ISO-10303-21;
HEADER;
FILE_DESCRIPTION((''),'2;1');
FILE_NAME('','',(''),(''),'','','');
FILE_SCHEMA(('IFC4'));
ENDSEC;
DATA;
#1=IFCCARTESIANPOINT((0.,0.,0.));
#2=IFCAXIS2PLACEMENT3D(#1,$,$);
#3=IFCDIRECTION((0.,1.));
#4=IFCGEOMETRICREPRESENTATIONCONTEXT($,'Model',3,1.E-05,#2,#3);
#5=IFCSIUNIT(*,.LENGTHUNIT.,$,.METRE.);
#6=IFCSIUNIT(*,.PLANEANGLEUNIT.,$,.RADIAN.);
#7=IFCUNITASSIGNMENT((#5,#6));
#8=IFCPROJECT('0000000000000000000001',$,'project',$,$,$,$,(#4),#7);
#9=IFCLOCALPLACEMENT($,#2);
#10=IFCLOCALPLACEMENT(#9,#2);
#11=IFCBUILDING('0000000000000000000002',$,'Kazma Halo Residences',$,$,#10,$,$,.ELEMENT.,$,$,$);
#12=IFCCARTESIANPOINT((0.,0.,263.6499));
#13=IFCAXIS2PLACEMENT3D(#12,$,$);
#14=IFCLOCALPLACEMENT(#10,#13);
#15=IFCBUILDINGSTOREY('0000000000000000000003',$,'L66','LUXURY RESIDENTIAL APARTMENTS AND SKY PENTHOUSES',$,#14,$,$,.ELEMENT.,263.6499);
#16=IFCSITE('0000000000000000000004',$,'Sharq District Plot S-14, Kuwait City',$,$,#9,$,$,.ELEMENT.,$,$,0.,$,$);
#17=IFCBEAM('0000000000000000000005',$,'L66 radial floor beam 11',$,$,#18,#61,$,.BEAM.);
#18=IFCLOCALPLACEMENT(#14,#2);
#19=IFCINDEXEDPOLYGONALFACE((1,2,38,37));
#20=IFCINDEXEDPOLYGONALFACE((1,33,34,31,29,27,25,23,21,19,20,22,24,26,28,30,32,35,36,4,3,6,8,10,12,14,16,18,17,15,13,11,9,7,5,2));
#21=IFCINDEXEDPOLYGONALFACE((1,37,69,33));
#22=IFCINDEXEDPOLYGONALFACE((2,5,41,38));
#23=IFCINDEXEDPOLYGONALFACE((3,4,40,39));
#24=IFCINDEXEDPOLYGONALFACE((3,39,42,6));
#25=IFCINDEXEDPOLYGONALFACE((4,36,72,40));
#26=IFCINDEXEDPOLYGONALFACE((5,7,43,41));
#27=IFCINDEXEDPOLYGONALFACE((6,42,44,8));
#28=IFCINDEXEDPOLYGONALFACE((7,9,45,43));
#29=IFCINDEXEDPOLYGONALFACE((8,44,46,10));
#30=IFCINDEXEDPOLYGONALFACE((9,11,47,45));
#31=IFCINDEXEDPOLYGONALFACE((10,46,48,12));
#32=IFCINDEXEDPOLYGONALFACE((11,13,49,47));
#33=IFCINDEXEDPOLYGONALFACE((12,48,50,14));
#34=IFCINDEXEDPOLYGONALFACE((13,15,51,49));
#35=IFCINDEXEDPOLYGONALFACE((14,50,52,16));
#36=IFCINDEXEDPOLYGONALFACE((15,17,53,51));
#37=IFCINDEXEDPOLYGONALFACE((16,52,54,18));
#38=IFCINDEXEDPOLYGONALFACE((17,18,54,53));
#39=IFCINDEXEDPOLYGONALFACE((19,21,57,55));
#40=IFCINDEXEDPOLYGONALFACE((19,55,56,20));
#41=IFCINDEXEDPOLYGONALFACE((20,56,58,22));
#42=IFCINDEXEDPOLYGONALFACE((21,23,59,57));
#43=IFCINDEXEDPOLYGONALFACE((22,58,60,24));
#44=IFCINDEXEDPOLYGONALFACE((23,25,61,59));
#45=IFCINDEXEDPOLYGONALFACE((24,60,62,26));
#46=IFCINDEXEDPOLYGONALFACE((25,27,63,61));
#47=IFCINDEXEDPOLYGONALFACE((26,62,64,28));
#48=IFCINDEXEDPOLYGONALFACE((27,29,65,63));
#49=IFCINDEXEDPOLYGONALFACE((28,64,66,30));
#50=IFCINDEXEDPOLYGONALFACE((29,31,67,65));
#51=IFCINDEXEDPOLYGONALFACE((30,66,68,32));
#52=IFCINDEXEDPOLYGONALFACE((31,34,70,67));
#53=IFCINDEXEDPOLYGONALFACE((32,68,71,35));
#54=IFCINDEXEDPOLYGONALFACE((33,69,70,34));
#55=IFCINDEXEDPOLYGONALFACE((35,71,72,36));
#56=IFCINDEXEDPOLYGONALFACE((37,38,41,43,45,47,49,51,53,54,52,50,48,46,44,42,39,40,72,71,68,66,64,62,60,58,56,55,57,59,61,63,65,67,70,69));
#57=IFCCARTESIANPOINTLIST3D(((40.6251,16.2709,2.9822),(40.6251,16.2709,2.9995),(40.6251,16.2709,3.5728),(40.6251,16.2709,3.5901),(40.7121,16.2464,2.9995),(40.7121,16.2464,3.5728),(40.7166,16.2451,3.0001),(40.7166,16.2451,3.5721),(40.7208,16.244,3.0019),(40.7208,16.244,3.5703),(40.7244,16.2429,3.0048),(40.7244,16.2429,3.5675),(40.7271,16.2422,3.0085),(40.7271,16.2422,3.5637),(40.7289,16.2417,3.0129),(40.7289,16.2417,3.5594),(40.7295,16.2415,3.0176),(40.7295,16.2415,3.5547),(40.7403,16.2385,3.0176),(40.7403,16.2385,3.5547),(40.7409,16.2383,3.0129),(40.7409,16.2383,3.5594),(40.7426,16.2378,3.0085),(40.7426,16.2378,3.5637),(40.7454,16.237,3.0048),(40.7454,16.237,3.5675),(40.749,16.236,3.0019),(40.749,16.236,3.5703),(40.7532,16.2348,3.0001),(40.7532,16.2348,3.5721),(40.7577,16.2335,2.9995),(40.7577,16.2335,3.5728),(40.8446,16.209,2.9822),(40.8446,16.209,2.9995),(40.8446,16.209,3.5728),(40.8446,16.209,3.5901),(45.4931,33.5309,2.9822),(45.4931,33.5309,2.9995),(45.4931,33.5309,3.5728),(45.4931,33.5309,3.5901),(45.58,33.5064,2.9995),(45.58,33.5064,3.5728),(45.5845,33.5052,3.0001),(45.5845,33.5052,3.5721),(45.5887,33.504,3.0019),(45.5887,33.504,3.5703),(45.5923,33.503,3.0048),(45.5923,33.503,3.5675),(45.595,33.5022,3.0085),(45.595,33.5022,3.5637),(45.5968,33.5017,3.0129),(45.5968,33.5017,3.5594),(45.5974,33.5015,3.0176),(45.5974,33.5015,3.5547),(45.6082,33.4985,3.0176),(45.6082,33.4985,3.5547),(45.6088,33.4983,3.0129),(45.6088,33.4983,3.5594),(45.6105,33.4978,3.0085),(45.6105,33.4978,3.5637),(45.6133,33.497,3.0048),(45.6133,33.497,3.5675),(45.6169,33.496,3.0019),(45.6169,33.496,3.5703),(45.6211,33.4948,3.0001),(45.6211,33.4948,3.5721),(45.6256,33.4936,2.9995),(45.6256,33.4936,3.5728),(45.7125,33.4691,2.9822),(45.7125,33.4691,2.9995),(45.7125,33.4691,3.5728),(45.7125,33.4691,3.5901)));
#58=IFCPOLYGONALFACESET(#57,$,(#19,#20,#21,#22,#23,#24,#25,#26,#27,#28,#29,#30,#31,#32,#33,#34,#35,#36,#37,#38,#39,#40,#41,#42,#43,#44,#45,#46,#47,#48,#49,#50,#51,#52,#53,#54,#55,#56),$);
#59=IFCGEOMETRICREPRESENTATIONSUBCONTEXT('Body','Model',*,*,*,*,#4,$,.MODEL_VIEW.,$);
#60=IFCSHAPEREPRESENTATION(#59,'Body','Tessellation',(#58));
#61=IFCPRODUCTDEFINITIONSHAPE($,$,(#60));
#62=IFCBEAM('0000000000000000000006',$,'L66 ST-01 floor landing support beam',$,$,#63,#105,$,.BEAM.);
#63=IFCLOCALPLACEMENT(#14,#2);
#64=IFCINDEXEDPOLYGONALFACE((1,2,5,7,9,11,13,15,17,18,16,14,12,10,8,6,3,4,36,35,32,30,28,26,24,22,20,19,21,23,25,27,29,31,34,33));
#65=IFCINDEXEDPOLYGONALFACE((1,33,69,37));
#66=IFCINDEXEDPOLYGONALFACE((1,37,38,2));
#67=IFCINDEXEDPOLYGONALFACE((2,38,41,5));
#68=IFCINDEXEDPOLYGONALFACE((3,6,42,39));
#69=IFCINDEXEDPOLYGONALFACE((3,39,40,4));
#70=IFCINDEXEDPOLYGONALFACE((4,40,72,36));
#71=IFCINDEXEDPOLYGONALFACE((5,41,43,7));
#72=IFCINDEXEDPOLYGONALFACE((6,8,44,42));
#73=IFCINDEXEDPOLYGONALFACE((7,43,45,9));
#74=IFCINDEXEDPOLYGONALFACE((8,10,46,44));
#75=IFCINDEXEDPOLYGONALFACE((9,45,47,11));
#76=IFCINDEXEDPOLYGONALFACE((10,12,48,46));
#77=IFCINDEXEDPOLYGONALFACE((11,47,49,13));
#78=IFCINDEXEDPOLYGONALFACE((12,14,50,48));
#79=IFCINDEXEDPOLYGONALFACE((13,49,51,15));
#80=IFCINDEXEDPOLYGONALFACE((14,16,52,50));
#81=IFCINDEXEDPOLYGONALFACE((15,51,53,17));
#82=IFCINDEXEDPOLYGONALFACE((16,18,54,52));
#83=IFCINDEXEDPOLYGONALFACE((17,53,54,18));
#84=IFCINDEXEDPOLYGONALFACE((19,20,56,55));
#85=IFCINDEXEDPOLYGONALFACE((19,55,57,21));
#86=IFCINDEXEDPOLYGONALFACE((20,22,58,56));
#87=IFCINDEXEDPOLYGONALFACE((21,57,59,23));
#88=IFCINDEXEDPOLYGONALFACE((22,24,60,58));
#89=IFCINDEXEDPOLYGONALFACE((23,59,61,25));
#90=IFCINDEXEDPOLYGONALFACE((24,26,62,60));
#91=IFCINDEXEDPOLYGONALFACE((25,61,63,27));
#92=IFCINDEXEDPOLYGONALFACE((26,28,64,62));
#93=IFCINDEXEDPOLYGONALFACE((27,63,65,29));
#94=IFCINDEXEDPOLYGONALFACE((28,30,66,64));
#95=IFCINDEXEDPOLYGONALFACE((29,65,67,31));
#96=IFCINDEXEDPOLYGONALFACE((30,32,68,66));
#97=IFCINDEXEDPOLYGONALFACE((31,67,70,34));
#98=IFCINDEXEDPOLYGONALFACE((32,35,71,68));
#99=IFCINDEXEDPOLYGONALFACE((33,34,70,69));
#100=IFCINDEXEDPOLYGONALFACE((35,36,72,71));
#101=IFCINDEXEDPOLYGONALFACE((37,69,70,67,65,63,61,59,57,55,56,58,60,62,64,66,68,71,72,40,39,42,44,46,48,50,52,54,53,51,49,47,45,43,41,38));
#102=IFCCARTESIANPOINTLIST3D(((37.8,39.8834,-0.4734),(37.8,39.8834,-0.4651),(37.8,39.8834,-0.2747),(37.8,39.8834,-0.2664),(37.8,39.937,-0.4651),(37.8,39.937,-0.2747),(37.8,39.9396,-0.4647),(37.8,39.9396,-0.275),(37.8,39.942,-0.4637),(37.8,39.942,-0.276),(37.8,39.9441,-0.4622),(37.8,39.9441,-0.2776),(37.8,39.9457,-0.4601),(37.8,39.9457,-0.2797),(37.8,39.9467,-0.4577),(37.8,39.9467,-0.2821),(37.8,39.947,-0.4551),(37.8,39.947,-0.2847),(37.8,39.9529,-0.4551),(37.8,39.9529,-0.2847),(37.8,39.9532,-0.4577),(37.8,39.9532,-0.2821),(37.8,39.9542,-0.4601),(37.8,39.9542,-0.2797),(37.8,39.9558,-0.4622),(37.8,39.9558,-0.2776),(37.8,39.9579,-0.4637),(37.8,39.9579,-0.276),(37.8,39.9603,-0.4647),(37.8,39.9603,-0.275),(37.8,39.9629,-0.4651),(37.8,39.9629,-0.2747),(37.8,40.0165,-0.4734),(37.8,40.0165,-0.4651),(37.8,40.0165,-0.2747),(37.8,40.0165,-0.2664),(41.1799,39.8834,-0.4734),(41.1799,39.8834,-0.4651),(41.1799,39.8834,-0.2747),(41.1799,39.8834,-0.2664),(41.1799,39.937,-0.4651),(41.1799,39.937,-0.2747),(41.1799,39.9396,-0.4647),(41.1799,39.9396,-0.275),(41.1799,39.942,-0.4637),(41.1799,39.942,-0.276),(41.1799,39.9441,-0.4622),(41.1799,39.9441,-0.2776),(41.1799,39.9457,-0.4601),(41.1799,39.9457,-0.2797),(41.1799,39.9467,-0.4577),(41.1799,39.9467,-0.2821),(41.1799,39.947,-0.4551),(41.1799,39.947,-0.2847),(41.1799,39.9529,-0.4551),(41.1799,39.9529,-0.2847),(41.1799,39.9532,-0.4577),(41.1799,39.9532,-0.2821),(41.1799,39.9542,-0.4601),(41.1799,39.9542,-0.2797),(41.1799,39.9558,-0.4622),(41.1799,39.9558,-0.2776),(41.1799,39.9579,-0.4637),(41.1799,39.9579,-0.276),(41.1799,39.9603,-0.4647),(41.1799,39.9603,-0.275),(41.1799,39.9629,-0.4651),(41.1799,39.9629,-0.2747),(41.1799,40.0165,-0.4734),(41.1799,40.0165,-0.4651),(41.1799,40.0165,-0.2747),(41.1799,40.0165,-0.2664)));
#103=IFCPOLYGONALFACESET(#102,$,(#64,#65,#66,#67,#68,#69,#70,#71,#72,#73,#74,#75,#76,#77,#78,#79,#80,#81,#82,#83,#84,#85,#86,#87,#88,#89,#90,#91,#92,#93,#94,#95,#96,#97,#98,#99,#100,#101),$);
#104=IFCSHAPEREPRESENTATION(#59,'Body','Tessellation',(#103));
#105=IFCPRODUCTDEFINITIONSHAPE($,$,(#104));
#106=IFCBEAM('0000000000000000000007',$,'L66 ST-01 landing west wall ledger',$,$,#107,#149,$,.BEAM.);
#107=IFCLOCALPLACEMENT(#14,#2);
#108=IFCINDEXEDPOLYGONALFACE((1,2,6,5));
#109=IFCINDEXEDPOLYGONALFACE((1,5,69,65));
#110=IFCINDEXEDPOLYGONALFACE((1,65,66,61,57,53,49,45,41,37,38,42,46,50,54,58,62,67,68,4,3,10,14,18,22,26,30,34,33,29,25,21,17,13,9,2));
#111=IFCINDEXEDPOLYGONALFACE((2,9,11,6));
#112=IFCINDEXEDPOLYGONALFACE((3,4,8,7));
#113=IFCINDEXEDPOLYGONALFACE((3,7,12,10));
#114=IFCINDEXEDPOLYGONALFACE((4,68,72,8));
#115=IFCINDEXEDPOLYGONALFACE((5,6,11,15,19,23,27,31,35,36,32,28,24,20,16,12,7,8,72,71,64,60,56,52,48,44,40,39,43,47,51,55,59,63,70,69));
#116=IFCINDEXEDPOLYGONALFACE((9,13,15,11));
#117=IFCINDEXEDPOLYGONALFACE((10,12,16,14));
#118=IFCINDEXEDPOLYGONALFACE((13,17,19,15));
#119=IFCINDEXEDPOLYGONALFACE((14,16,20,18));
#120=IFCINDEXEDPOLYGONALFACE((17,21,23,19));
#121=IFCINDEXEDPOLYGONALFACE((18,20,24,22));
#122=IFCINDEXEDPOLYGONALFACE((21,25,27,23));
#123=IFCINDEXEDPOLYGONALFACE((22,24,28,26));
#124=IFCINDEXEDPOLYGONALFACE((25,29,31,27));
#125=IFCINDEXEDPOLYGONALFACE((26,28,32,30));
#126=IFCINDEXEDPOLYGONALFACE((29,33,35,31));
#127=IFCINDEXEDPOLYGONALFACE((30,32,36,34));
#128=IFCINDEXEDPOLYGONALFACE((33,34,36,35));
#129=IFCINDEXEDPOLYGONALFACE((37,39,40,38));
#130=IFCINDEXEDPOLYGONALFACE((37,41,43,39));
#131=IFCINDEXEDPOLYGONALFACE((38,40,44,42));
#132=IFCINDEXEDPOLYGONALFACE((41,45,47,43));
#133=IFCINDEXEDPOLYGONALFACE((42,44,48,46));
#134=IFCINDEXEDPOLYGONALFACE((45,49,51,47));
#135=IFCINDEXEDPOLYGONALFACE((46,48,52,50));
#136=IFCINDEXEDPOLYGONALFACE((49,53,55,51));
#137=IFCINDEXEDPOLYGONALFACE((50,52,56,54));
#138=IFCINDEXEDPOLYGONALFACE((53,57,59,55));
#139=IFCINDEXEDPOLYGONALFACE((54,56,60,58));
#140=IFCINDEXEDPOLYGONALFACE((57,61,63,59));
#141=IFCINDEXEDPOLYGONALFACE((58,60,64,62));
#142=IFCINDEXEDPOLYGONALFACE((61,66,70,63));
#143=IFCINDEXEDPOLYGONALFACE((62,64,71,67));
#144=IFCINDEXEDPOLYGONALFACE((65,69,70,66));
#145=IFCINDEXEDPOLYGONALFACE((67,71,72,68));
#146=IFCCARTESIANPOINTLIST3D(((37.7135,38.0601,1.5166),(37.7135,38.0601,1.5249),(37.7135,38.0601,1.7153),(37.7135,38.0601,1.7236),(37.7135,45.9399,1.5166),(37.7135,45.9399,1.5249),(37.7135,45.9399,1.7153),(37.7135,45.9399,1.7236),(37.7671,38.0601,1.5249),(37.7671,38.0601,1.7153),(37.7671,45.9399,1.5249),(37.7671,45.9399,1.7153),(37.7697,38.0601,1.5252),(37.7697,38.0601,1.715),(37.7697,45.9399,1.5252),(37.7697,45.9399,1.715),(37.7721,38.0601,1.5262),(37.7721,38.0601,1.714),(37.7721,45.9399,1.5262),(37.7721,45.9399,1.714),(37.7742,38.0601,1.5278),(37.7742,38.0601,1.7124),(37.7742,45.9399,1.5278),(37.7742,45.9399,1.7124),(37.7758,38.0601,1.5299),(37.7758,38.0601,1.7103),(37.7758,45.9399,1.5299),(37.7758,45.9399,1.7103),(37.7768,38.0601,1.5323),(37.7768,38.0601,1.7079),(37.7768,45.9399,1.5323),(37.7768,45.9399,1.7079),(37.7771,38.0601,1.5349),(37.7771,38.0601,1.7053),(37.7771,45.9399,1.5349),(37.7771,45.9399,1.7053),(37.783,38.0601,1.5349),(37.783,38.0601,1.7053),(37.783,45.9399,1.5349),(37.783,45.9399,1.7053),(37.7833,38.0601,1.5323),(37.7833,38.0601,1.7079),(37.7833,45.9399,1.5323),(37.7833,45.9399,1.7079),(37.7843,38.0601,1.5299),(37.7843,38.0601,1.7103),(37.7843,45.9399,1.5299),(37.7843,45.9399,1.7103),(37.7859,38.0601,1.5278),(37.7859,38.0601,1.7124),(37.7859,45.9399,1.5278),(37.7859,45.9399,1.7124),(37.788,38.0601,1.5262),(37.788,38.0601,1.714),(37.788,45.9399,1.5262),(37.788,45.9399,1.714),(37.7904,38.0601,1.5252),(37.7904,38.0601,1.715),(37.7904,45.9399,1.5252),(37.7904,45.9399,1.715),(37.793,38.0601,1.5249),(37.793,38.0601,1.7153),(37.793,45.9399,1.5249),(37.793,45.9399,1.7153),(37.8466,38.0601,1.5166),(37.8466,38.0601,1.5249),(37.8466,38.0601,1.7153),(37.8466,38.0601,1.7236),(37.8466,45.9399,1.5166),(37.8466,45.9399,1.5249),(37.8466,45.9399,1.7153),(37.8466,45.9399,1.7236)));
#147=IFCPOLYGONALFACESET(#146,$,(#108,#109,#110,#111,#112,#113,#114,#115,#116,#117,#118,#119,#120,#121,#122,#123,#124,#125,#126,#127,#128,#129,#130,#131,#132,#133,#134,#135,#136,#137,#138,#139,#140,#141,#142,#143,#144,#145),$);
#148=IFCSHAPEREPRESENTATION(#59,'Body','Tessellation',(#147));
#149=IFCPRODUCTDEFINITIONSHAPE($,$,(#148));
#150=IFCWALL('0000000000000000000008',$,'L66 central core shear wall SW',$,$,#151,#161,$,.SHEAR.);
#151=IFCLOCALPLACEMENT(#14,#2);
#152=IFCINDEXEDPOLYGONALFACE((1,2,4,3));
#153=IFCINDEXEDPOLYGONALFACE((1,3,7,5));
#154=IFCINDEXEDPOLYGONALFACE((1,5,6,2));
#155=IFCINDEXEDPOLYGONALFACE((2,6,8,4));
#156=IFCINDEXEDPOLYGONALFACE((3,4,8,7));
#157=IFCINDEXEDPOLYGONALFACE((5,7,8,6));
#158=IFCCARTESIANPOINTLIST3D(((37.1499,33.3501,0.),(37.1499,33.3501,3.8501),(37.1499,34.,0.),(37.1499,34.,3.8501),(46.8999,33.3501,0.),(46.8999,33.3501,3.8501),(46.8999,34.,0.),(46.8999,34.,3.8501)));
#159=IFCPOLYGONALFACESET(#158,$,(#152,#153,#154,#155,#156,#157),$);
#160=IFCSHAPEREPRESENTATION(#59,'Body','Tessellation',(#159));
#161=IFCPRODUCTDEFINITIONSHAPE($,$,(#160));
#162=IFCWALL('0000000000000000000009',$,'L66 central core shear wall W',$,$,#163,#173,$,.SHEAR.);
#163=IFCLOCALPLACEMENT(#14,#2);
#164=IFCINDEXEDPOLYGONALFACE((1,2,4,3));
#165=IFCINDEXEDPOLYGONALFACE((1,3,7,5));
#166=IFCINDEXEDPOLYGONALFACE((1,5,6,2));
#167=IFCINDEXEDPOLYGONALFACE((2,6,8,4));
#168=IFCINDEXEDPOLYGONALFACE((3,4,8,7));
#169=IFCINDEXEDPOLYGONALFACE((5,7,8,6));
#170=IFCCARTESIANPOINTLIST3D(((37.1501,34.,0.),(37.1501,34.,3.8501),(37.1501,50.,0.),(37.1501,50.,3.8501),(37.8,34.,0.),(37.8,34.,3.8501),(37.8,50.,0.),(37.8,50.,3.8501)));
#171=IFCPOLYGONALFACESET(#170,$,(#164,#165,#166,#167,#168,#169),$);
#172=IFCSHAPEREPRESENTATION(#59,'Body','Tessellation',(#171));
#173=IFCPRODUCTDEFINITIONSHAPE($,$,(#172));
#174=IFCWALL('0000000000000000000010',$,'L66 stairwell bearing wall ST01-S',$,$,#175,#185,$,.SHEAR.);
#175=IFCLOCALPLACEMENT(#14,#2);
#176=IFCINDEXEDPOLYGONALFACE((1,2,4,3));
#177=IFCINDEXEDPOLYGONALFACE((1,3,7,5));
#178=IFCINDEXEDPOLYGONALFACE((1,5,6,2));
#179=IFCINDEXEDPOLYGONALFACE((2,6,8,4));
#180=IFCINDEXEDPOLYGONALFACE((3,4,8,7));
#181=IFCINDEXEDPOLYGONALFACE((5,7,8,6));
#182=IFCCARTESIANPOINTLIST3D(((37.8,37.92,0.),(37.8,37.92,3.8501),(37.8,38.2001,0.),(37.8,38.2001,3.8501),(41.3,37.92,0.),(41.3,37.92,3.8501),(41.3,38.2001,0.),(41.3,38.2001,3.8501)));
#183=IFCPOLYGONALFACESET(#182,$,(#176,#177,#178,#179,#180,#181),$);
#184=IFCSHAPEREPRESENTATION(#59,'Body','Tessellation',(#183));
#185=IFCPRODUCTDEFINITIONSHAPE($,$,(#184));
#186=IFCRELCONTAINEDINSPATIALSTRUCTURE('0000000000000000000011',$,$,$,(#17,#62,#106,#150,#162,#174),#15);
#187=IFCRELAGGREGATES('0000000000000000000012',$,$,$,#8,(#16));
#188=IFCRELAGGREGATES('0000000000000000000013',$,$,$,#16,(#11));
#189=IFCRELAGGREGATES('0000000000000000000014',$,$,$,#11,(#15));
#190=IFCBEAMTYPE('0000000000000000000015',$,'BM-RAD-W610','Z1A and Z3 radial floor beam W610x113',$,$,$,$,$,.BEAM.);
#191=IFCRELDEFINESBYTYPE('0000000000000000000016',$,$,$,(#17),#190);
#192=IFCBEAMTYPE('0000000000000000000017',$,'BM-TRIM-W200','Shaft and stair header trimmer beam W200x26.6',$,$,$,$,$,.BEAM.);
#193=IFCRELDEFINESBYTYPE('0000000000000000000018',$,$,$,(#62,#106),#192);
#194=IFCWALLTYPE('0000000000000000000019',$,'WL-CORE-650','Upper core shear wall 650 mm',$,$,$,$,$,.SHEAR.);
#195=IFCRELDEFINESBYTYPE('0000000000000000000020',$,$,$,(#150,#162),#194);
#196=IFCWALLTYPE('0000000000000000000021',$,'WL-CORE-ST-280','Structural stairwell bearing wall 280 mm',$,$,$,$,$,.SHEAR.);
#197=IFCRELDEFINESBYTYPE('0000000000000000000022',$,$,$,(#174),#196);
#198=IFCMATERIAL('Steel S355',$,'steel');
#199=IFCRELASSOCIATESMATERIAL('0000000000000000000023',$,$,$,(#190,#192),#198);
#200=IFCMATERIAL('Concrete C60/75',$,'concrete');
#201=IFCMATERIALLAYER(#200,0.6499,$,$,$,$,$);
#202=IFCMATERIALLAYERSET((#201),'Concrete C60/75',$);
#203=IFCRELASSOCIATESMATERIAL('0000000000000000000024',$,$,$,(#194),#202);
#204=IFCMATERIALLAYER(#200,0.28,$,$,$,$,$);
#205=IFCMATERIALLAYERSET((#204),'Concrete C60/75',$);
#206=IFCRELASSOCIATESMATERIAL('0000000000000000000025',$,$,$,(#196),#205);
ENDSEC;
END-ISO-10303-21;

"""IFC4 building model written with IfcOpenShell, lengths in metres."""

from ifc_helpers import new_model, si_unit, direction, frame, frame_2d, origin, origin_2d, place, context, subcontext, project, spatial, rectangle, i_section, extrude, material, layer, layer_set, material_profile, profile_set, type_object, element, save


model = new_model("IFC4")

# Units and contexts
model_context = context("Model", 3, precision=1e-05, world=origin(), true_north=direction((0.0, 1.0)))
body_context = subcontext(model_context, "Body", "Model", "MODEL_VIEW")
ifc_project = project(units=[si_unit("LENGTHUNIT", "METRE"), si_unit("PLANEANGLEUNIT", "RADIAN")], contexts=[model_context])

# Site, building, storey
site_placement = place(None, origin())
site = spatial("IfcSite", under=ifc_project, at=site_placement, Name="Sharq District Plot S-14, Kuwait City", CompositionType="ELEMENT", RefElevation=0.0)
building_placement = place(site_placement, origin())
building = spatial("IfcBuilding", under=site, at=building_placement, Name="Kazma Halo Residences", CompositionType="ELEMENT")
storey_placement = place(building_placement, frame((0.0, 0.0, 263.6499)))
storey = spatial("IfcBuildingStorey", under=building, at=storey_placement, Name="L66", Description="LUXURY RESIDENTIAL APARTMENTS AND SKY PENTHOUSES", CompositionType="ELEMENT", Elevation=263.6499)

# Beams
ifc_material_1 = material(Name="Steel S355", Category="steel")
ifc_material_profile_1 = material_profile(ifc_material_1, i_section(OverallWidth=0.228, OverallDepth=0.6079, WebThickness=0.0112, FlangeThickness=0.0173, FilletRadius=0.0181, at=origin_2d()), Name="W610x113")
ifc_profile_set_1 = profile_set([ifc_material_profile_1], Name="Steel S355")
beam_type_1 = type_object("IfcBeamType", Name="BM-RAD-W610", Description="Z1A and Z3 radial floor beam W610x113", PredefinedType="BEAM", material=ifc_profile_set_1)
beam_1_placement = place(storey_placement, frame((45.6028, 33.5, 3.2861), z_axis=(-0.271445, -0.962454, 0.0), x_axis=(0.962454, -0.271445, 0.0)))
element("IfcBeam", 1, at=beam_1_placement, inside=storey, type_object=beam_type_1, Name="L66 radial floor beam 11", PredefinedType="BEAM", context=body_context, shape_type="SweptSolid", body=[
    extrude(i_section(OverallWidth=0.228, OverallDepth=0.6079, WebThickness=0.0112, FlangeThickness=0.0173, FilletRadius=0.0181, at=origin_2d()), origin(), (0.0, 0.0, 1.0), 17.9333),
])
ifc_material_profile_2 = material_profile(ifc_material_1, i_section(OverallWidth=0.1331, OverallDepth=0.207, WebThickness=0.0059, FlangeThickness=0.0083, FilletRadius=0.01, at=origin_2d()), Name="W200x26.6")
ifc_profile_set_2 = profile_set([ifc_material_profile_2], Name="Steel S355")
beam_type_2 = type_object("IfcBeamType", Name="BM-TRIM-W200", Description="Shaft and stair header trimmer beam W200x26.6", PredefinedType="BEAM", material=ifc_profile_set_2)
beam_2_placement = place(storey_placement, frame((37.8, 39.95, -0.3699), z_axis=(1.0, 0.0, 0.0), x_axis=(0.0, 1.0, 0.0)))
element("IfcBeam", 2, at=beam_2_placement, inside=storey, type_object=beam_type_2, Name="L66 ST-01 floor landing support beam", PredefinedType="BEAM", context=body_context, shape_type="SweptSolid", body=[
    extrude(i_section(OverallWidth=0.1331, OverallDepth=0.207, WebThickness=0.0059, FlangeThickness=0.0083, FilletRadius=0.01, at=origin_2d()), origin(), (0.0, 0.0, 1.0), 3.3799),
])
beam_3_placement = place(storey_placement, frame((37.78, 38.0601, 1.6201), z_axis=(0.0, 1.0, 0.0), x_axis=(-1.0, 0.0, 0.0)))
element("IfcBeam", 3, at=beam_3_placement, inside=storey, type_object=beam_type_2, Name="L66 ST-01 landing west wall ledger", PredefinedType="BEAM", context=body_context, shape_type="SweptSolid", body=[
    extrude(i_section(OverallWidth=0.1331, OverallDepth=0.207, WebThickness=0.0059, FlangeThickness=0.0083, FilletRadius=0.01, at=origin_2d()), origin(), (0.0, 0.0, 1.0), 7.8799),
])

# Walls
ifc_material_2 = material(Name="Concrete C60/75", Category="concrete")
ifc_layer_1 = layer(ifc_material_2, 0.6499)
ifc_layer_set_1 = layer_set([ifc_layer_1], Name="Concrete C60/75")
wall_type_1 = type_object("IfcWallType", Name="WL-CORE-650", Description="Upper core shear wall 650 mm", PredefinedType="SHEAR", material=ifc_layer_set_1)
wall_1_placement = place(storey_placement, frame((37.1499, 33.675, 0.0), z_axis=(0.0, 0.0, 1.0), x_axis=(1.0, 0.0, 0.0)))
element("IfcWall", 4, at=wall_1_placement, inside=storey, type_object=wall_type_1, Name="L66 central core shear wall SW", PredefinedType="SHEAR", context=body_context, shape_type="SweptSolid", body=[
    extrude(rectangle(XDim=9.75, YDim=0.6499, at=frame_2d((4.875, 0.0))), origin(), (0.0, 0.0, 1.0), 3.8501),
])
wall_2_placement = place(storey_placement, frame((37.4751, 34.0, 0.0), z_axis=(0.0, 0.0, 1.0), x_axis=(0.0, 1.0, 0.0)))
element("IfcWall", 5, at=wall_2_placement, inside=storey, type_object=wall_type_1, Name="L66 central core shear wall W", PredefinedType="SHEAR", context=body_context, shape_type="SweptSolid", body=[
    extrude(rectangle(XDim=16.0, YDim=0.6499, at=frame_2d((8.0, 0.0))), origin(), (0.0, 0.0, 1.0), 3.8501),
])
ifc_layer_2 = layer(ifc_material_2, 0.28)
ifc_layer_set_2 = layer_set([ifc_layer_2], Name="Concrete C60/75")
wall_type_2 = type_object("IfcWallType", Name="WL-CORE-ST-280", Description="Structural stairwell bearing wall 280 mm", PredefinedType="SHEAR", material=ifc_layer_set_2)
wall_3_placement = place(storey_placement, frame((37.8, 38.0601, 0.0), z_axis=(0.0, 0.0, 1.0), x_axis=(1.0, 0.0, 0.0)))
element("IfcWall", 6, at=wall_3_placement, inside=storey, type_object=wall_type_2, Name="L66 stairwell bearing wall ST01-S", PredefinedType="SHEAR", context=body_context, shape_type="SweptSolid", body=[
    extrude(rectangle(XDim=3.5, YDim=0.28, at=frame_2d((1.75, 0.0))), origin(), (0.0, 0.0, 1.0), 3.8501),
])

save(model, "model.ifc")
